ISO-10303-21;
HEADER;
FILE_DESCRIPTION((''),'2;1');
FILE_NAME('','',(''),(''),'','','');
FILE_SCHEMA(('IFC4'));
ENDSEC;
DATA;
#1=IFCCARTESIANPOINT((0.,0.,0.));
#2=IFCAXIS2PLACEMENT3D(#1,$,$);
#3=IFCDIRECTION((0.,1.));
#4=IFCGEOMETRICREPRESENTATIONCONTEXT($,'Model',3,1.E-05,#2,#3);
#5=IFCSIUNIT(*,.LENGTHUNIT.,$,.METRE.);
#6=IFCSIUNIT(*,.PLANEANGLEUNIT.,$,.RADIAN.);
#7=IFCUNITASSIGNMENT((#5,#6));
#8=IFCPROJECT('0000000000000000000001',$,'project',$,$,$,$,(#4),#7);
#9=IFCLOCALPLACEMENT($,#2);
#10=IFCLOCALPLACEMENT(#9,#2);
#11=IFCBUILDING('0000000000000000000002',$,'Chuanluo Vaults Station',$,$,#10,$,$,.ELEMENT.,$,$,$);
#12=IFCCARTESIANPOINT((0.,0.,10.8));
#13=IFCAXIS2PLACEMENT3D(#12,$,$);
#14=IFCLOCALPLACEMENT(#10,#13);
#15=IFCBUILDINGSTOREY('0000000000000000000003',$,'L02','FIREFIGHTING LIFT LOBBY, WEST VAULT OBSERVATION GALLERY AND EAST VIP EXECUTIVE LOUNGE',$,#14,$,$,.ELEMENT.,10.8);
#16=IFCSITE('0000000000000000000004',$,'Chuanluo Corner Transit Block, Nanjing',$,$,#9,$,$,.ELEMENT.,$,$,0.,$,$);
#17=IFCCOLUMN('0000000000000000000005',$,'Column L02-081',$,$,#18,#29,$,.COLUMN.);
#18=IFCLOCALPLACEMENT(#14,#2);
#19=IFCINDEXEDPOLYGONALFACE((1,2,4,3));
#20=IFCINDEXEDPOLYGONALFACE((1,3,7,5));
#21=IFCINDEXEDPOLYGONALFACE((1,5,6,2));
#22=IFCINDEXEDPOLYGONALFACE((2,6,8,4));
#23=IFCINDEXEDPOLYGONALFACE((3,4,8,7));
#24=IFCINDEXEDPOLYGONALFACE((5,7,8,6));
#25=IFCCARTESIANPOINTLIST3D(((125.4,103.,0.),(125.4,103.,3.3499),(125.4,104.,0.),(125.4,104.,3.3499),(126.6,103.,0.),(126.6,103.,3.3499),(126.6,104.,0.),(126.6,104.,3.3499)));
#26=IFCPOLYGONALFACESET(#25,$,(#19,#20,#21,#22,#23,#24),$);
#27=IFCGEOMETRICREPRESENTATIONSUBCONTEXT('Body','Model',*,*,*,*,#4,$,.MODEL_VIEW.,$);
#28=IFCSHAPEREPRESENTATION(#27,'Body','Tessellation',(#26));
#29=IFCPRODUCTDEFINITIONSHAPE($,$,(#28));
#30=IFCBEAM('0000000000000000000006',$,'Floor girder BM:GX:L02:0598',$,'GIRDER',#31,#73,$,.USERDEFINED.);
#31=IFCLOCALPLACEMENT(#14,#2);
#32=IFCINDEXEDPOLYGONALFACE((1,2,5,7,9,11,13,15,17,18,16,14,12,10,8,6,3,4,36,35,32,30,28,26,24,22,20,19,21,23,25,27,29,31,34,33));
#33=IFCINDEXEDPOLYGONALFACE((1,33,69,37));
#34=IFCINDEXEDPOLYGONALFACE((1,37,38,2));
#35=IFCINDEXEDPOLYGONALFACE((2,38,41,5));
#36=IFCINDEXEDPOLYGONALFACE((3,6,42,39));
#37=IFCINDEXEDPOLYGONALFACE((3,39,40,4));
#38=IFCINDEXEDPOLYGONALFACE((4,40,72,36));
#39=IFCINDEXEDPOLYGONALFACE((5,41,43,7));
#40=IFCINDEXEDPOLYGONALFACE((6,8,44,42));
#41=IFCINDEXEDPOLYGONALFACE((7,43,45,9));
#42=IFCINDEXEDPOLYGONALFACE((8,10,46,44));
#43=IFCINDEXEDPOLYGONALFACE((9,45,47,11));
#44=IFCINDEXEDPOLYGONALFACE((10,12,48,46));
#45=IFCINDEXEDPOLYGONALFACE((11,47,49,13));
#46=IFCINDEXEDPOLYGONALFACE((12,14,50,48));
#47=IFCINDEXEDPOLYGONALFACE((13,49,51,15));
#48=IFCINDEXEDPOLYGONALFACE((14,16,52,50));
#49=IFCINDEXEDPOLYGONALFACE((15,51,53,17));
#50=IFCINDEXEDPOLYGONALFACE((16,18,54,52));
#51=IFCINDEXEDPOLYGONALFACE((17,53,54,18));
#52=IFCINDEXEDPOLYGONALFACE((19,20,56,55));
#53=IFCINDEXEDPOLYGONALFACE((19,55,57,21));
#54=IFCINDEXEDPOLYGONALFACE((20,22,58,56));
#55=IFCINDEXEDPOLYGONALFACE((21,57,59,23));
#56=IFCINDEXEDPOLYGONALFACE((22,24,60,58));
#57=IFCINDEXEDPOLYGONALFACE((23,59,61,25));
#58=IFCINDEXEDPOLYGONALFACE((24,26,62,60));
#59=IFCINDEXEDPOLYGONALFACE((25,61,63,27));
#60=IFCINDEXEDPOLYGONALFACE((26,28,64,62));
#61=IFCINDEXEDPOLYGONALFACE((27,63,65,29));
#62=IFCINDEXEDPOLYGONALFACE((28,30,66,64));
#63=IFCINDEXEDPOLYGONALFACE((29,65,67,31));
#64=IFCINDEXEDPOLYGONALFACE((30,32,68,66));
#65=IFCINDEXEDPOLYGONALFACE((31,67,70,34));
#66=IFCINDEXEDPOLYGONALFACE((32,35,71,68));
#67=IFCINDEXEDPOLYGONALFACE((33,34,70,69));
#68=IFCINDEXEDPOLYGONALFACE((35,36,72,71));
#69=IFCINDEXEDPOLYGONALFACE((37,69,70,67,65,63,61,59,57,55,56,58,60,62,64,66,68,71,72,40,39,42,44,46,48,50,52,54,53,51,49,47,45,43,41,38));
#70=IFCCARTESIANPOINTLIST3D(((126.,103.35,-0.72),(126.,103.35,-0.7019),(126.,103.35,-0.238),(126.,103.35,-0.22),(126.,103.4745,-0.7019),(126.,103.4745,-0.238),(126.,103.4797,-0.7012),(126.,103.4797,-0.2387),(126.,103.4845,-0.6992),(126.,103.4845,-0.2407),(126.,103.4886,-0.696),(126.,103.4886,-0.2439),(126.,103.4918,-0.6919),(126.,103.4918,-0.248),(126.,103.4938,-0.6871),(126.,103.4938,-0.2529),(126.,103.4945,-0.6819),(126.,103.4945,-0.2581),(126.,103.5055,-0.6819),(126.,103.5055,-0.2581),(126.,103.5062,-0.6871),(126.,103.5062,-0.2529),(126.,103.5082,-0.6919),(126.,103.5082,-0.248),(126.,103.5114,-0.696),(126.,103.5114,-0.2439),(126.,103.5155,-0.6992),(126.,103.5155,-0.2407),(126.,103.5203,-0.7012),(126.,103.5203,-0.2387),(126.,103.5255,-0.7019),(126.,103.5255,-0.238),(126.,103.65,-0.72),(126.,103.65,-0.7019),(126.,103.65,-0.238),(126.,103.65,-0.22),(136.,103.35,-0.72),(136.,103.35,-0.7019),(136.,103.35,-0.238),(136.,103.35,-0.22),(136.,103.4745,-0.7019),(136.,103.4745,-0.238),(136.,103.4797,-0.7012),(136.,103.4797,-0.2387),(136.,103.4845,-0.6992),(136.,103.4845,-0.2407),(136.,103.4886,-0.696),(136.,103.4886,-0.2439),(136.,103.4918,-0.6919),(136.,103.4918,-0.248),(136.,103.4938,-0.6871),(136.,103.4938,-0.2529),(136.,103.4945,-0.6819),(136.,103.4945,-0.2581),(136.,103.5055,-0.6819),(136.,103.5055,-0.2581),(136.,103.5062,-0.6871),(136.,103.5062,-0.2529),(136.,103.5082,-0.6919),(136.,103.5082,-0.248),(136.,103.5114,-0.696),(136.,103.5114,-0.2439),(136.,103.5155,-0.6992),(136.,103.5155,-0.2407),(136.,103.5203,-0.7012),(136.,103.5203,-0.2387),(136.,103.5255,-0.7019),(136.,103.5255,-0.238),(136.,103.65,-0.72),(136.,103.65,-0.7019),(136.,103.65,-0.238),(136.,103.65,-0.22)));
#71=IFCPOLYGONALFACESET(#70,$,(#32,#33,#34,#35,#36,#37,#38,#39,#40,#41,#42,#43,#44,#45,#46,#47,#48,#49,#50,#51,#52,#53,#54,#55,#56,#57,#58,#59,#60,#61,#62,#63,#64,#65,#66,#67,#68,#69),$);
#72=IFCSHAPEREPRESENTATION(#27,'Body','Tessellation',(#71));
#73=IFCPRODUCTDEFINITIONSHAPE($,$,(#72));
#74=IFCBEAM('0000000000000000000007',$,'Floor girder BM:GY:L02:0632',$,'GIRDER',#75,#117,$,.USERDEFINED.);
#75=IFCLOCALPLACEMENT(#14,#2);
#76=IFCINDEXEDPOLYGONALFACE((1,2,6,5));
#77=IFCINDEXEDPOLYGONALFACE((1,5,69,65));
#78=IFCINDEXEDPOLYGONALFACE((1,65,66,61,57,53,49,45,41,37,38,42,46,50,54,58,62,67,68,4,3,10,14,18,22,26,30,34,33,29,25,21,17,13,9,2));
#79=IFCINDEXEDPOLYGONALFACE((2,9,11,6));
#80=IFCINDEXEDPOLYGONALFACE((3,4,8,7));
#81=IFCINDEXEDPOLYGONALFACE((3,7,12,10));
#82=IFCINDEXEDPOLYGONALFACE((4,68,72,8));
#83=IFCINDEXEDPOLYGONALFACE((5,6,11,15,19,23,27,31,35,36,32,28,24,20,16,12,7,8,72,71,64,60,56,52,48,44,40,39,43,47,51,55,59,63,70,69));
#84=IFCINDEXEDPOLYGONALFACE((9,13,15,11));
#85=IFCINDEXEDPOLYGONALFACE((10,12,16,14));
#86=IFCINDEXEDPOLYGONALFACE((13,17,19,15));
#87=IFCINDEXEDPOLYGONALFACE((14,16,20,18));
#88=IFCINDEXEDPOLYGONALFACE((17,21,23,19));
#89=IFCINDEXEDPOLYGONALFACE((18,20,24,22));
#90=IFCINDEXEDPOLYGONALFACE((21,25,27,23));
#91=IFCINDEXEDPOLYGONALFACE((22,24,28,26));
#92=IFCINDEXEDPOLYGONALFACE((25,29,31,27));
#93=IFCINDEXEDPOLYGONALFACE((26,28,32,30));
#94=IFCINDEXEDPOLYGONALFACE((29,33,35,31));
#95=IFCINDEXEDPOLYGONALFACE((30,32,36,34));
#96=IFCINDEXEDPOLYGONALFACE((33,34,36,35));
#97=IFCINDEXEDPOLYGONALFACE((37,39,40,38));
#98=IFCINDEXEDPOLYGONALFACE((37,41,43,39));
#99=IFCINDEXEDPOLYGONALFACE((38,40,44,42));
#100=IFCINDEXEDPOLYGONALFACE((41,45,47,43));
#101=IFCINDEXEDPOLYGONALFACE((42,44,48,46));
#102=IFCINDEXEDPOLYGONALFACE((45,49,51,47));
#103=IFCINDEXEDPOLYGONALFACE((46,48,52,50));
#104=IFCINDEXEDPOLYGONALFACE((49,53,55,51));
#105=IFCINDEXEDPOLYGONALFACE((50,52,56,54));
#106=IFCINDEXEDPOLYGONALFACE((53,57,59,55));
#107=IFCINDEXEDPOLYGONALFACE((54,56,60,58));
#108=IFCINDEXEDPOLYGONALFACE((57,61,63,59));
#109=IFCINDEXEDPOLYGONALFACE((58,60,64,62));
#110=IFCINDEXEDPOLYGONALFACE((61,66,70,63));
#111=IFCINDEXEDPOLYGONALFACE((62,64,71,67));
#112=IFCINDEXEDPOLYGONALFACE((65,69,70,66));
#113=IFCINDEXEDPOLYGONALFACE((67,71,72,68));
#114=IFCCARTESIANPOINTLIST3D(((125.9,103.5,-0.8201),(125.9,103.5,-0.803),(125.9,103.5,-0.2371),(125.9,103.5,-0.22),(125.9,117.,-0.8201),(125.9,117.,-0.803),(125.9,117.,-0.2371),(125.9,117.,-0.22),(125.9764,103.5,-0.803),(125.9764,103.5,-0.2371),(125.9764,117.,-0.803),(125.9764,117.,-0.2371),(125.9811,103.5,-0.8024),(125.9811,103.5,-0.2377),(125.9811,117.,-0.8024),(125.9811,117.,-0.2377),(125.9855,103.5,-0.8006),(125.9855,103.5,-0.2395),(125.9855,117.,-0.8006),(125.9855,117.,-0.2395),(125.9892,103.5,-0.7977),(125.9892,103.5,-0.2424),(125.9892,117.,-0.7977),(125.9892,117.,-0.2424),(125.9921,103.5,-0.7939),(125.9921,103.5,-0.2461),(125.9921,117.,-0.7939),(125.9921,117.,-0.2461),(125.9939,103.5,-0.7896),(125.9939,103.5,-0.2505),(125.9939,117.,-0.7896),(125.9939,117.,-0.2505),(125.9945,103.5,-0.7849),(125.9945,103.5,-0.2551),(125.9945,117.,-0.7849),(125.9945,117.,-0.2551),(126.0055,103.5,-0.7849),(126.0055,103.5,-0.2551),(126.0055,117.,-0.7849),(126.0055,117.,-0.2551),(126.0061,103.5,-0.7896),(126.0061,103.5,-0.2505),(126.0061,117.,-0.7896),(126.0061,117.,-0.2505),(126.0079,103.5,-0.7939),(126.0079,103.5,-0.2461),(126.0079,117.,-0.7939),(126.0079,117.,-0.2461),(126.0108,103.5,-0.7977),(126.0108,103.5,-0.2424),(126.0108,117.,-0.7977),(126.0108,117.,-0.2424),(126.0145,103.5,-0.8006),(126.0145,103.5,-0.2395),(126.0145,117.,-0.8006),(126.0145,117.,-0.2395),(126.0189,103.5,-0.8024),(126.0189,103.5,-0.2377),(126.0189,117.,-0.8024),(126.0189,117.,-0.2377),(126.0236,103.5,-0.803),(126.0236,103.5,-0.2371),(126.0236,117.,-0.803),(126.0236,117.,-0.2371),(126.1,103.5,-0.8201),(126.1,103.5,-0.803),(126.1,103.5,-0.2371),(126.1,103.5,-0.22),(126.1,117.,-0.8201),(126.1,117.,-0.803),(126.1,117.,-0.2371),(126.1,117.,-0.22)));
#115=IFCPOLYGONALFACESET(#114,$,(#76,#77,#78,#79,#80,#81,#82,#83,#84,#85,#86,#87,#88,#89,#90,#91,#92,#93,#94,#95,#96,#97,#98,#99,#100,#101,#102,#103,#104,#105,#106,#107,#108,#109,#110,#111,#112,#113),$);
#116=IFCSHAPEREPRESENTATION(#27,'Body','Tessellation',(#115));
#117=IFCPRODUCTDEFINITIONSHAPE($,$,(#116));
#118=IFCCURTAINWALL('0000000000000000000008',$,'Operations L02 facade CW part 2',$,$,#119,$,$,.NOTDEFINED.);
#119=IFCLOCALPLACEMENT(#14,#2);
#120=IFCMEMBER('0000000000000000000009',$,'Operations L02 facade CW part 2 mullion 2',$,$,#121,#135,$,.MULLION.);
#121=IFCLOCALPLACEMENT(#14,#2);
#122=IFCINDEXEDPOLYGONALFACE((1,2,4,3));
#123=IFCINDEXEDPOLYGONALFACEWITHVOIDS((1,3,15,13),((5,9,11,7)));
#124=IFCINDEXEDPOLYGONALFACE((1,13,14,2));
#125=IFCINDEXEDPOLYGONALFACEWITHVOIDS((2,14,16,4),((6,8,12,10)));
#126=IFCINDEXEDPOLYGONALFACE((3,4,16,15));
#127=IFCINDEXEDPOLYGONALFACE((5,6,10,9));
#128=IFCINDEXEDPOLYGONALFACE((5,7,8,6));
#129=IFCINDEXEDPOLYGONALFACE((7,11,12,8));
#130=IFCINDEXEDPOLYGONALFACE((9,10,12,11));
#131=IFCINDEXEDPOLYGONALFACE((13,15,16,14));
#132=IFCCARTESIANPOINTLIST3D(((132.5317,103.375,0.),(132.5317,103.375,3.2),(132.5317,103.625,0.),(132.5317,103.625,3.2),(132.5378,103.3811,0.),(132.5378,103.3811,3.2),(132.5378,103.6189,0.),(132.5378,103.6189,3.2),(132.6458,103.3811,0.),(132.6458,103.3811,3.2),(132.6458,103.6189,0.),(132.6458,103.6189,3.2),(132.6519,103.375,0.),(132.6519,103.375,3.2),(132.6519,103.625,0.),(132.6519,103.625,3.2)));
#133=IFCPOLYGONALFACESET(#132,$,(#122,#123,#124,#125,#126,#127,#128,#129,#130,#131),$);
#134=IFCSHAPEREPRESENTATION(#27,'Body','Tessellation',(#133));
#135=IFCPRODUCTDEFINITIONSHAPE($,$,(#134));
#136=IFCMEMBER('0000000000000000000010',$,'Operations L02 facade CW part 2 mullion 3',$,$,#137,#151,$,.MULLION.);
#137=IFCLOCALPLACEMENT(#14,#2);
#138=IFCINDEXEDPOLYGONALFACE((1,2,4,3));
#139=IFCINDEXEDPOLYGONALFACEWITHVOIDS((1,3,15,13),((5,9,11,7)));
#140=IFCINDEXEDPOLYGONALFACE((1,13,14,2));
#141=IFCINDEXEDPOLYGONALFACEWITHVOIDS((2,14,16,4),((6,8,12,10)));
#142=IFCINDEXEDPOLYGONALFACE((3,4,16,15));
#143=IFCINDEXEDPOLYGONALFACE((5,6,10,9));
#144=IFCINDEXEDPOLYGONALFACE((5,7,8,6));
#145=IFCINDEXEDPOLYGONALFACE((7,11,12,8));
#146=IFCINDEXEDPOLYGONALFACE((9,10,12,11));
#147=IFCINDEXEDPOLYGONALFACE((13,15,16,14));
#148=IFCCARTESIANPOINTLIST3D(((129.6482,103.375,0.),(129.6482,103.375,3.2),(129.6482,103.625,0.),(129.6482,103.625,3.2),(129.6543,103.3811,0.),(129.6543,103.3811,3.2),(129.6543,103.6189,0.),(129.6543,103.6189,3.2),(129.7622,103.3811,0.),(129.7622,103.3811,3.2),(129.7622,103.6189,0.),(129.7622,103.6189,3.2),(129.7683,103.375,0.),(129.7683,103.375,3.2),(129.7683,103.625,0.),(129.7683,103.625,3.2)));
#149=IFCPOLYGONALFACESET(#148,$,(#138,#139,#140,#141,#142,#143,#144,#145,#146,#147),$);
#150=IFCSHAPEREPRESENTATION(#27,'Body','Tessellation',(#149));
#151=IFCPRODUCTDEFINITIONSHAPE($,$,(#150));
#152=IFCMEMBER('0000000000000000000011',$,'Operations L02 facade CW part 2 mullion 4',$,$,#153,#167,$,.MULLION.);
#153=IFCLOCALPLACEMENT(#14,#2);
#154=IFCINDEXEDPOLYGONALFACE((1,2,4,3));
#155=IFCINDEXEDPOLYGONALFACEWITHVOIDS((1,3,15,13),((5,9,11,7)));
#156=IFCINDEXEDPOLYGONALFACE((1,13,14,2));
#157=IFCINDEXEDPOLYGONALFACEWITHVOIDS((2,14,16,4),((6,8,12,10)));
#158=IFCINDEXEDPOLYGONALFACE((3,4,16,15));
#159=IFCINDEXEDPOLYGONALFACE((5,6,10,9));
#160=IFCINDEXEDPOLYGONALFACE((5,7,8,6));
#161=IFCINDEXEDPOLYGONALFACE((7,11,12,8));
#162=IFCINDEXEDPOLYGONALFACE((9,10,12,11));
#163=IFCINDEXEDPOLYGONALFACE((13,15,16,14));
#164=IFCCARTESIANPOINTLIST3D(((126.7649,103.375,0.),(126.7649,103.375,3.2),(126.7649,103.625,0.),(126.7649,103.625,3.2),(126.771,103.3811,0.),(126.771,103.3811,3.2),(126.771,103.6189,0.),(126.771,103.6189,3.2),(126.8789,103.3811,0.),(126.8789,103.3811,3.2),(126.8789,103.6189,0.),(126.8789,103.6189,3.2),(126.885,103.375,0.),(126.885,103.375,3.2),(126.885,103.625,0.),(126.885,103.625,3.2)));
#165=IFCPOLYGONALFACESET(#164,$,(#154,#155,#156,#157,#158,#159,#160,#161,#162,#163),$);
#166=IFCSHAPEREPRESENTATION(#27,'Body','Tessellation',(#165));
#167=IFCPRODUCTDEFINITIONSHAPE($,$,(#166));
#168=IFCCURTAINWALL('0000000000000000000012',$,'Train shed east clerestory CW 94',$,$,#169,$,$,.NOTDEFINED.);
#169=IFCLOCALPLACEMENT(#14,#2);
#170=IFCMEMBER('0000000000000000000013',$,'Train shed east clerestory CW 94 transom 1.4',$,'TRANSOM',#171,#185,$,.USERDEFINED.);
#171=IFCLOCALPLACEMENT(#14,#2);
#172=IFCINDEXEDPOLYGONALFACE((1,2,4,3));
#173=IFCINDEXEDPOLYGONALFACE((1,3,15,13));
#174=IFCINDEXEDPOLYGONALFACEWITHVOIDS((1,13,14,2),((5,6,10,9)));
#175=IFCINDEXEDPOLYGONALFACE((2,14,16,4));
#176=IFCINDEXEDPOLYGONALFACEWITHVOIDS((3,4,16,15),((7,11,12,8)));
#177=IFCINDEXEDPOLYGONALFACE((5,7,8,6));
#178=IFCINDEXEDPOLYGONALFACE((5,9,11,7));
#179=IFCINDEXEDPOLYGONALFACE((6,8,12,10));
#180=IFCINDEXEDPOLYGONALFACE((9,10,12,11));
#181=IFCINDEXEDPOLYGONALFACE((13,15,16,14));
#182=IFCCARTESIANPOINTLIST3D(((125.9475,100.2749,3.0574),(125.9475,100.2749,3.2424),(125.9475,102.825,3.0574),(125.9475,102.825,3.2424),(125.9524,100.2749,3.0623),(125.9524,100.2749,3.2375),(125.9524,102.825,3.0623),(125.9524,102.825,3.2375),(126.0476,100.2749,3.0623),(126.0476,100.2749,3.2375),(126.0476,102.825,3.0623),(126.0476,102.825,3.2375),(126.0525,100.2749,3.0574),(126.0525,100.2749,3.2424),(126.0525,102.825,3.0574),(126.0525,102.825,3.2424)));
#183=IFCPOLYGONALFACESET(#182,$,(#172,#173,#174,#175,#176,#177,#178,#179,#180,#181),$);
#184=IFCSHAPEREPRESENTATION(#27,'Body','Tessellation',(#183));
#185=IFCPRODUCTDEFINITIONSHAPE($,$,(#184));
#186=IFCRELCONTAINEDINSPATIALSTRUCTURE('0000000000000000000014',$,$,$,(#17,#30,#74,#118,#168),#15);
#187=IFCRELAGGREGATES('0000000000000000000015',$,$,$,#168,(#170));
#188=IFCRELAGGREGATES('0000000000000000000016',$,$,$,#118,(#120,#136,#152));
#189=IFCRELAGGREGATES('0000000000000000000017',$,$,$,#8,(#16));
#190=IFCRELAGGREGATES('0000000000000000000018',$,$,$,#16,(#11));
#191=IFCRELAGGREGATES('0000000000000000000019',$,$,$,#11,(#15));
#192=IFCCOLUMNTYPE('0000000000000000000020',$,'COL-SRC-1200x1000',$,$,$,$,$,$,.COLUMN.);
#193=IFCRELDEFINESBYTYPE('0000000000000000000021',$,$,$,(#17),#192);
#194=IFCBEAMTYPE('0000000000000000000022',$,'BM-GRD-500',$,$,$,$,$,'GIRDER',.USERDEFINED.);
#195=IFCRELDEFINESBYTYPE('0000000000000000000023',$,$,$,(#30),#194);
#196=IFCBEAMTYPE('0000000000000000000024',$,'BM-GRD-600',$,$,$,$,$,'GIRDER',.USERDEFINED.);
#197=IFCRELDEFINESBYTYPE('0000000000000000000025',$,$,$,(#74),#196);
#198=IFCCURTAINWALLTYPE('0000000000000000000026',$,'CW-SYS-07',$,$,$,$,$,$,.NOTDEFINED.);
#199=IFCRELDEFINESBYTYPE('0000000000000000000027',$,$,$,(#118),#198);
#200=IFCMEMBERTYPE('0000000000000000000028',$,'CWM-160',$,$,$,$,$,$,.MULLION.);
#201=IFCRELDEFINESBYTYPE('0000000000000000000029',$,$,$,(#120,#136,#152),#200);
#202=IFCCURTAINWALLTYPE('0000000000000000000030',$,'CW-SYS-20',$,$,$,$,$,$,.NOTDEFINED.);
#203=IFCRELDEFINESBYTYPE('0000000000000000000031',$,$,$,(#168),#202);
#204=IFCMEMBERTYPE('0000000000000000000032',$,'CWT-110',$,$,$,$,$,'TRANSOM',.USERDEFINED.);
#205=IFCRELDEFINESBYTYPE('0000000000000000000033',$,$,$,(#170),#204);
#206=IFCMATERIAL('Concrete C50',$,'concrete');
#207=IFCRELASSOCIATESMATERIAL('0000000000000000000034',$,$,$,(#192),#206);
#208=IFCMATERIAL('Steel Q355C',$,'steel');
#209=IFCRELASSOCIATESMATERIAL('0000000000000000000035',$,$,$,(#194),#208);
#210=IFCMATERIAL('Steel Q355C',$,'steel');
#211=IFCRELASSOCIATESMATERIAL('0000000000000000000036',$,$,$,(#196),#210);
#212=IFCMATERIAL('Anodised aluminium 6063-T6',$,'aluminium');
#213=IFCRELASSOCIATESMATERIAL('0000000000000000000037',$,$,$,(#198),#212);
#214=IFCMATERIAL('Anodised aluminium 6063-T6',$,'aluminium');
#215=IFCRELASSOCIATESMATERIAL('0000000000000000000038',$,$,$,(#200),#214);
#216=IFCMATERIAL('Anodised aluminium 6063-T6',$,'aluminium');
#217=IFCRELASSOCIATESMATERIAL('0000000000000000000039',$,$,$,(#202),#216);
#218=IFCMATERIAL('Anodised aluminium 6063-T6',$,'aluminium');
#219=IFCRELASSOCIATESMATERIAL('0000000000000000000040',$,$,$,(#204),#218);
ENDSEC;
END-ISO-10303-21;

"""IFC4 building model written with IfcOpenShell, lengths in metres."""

from ifc_helpers import new_model, si_unit, direction, frame, origin, origin_2d, place, context, subcontext, project, spatial, rectangle, hollow_rectangle, i_section, extrude, material, material_profile, profile_set, type_object, element, aggregate, save


model = new_model("IFC4")

# Units and contexts
model_context = context("Model", 3, precision=1e-05, world=origin(), true_north=direction((0.0, 1.0)))
body_context = subcontext(model_context, "Body", "Model", "MODEL_VIEW")
ifc_project = project(units=[si_unit("LENGTHUNIT", "METRE"), si_unit("PLANEANGLEUNIT", "RADIAN")], contexts=[model_context])

# Site, building, storey
site_placement = place(None, origin())
site = spatial("IfcSite", under=ifc_project, at=site_placement, Name="Chuanluo Corner Transit Block, Nanjing", CompositionType="ELEMENT", RefElevation=0.0)
building_placement = place(site_placement, origin())
building = spatial("IfcBuilding", under=site, at=building_placement, Name="Chuanluo Vaults Station", CompositionType="ELEMENT")
storey_placement = place(building_placement, frame((0.0, 0.0, 10.8)))
storey = spatial("IfcBuildingStorey", under=building, at=storey_placement, Name="L02", Description="FIREFIGHTING LIFT LOBBY, WEST VAULT OBSERVATION GALLERY AND EAST VIP EXECUTIVE LOUNGE", CompositionType="ELEMENT", Elevation=10.8)

# Column
ifc_material_1 = material(Name="Concrete C50", Category="concrete")
ifc_material_profile_1 = material_profile(ifc_material_1, rectangle(XDim=1.2, YDim=1.0, at=origin_2d()))
ifc_profile_set_1 = profile_set([ifc_material_profile_1], Name="Concrete C50")
column_type = type_object("IfcColumnType", Name="COL-SRC-1200x1000", PredefinedType="COLUMN", material=ifc_profile_set_1)
column_placement = place(storey_placement, frame((126.0, 103.5, 0.0), z_axis=(0.0, 0.0, 1.0), x_axis=(1.0, 0.0, 0.0)))
element("IfcColumn", 1, at=column_placement, inside=storey, type_object=column_type, Name="Column L02-081", PredefinedType="COLUMN", context=body_context, shape_type="SweptSolid", body=[
    extrude(rectangle(XDim=1.2, YDim=1.0, at=origin_2d()), origin(), (0.0, 0.0, 1.0), 3.3499),
])

# Beams
ifc_material_2 = material(Name="Steel Q355C", Category="steel")
ifc_material_profile_2 = material_profile(ifc_material_2, i_section(OverallWidth=0.3, OverallDepth=0.5, WebThickness=0.011, FlangeThickness=0.0181, FilletRadius=0.02, at=origin_2d()))
ifc_profile_set_2 = profile_set([ifc_material_profile_2], Name="Steel Q355C")
beam_type_1 = type_object("IfcBeamType", Name="BM-GRD-500", ElementType="GIRDER", PredefinedType="USERDEFINED", material=ifc_profile_set_2)
beam_1_placement = place(storey_placement, frame((126.0, 103.5, -0.47), z_axis=(1.0, 0.0, 0.0), x_axis=(0.0, 1.0, 0.0)))
element("IfcBeam", 2, at=beam_1_placement, inside=storey, type_object=beam_type_1, Name="Floor girder BM:GX:L02:0598", ObjectType="GIRDER", PredefinedType="USERDEFINED", context=body_context, shape_type="SweptSolid", body=[
    extrude(i_section(OverallWidth=0.3, OverallDepth=0.5, WebThickness=0.011, FlangeThickness=0.0181, FilletRadius=0.02, at=origin_2d()), origin(), (0.0, 0.0, 1.0), 10.0),
])
ifc_material_3 = material(Name="Steel Q355C", Category="steel")
ifc_material_profile_3 = material_profile(ifc_material_3, i_section(OverallWidth=0.2, OverallDepth=0.6001, WebThickness=0.011, FlangeThickness=0.0171, FilletRadius=0.0181, at=origin_2d()))
ifc_profile_set_3 = profile_set([ifc_material_profile_3], Name="Steel Q355C")
beam_type_2 = type_object("IfcBeamType", Name="BM-GRD-600", ElementType="GIRDER", PredefinedType="USERDEFINED", material=ifc_profile_set_3)
beam_2_placement = place(storey_placement, frame((126.0, 103.5, -0.52), z_axis=(0.0, 1.0, 0.0), x_axis=(-1.0, 0.0, 0.0)))
element("IfcBeam", 3, at=beam_2_placement, inside=storey, type_object=beam_type_2, Name="Floor girder BM:GY:L02:0632", ObjectType="GIRDER", PredefinedType="USERDEFINED", context=body_context, shape_type="SweptSolid", body=[
    extrude(i_section(OverallWidth=0.2, OverallDepth=0.6001, WebThickness=0.011, FlangeThickness=0.0171, FilletRadius=0.0181, at=origin_2d()), origin(), (0.0, 0.0, 1.0), 13.5),
])

# Curtain wall, members
ifc_material_4 = material(Name="Anodised aluminium 6063-T6", Category="aluminium")
curtain_wall_type_1 = type_object("IfcCurtainWallType", Name="CW-SYS-07", PredefinedType="NOTDEFINED", material=ifc_material_4)
curtain_wall_1_placement = place(storey_placement, origin())
curtain_wall_1 = element("IfcCurtainWall", 4, at=curtain_wall_1_placement, inside=storey, type_object=curtain_wall_type_1, Name="Operations L02 facade CW part 2", PredefinedType="NOTDEFINED")
ifc_material_5 = material(Name="Anodised aluminium 6063-T6", Category="aluminium")
ifc_material_profile_4 = material_profile(ifc_material_5, hollow_rectangle(XDim=0.1201, YDim=0.25, WallThickness=0.0061, at=origin_2d()))
ifc_profile_set_4 = profile_set([ifc_material_profile_4], Name="Anodised aluminium 6063-T6")
member_type_1 = type_object("IfcMemberType", Name="CWM-160", PredefinedType="MULLION", material=ifc_profile_set_4)
member_1_placement = place(storey_placement, frame((132.5918, 103.5, 0.0), z_axis=(0.0, 0.0, 1.0), x_axis=(-1.0, 0.0, 0.0)))
member_1 = element("IfcMember", 5, at=member_1_placement, type_object=member_type_1, Name="Operations L02 facade CW part 2 mullion 2", PredefinedType="MULLION", context=body_context, shape_type="SweptSolid", body=[
    extrude(hollow_rectangle(XDim=0.1201, YDim=0.25, WallThickness=0.0061, at=origin_2d()), origin(), (0.0, 0.0, 1.0), 3.2),
])
member_2_placement = place(storey_placement, frame((129.7083, 103.5, 0.0), z_axis=(0.0, 0.0, 1.0), x_axis=(-1.0, 0.0, 0.0)))
member_2 = element("IfcMember", 6, at=member_2_placement, type_object=member_type_1, Name="Operations L02 facade CW part 2 mullion 3", PredefinedType="MULLION", context=body_context, shape_type="SweptSolid", body=[
    extrude(hollow_rectangle(XDim=0.1201, YDim=0.25, WallThickness=0.0061, at=origin_2d()), origin(), (0.0, 0.0, 1.0), 3.2),
])
member_3_placement = place(storey_placement, frame((126.825, 103.5, 0.0), z_axis=(0.0, 0.0, 1.0), x_axis=(-1.0, 0.0, 0.0)))
member_3 = element("IfcMember", 7, at=member_3_placement, type_object=member_type_1, Name="Operations L02 facade CW part 2 mullion 4", PredefinedType="MULLION", context=body_context, shape_type="SweptSolid", body=[
    extrude(hollow_rectangle(XDim=0.1201, YDim=0.25, WallThickness=0.0061, at=origin_2d()), origin(), (0.0, 0.0, 1.0), 3.2),
])

# Curtain wall, member
ifc_material_6 = material(Name="Anodised aluminium 6063-T6", Category="aluminium")
curtain_wall_type_2 = type_object("IfcCurtainWallType", Name="CW-SYS-20", PredefinedType="NOTDEFINED", material=ifc_material_6)
curtain_wall_2_placement = place(storey_placement, origin())
curtain_wall_2 = element("IfcCurtainWall", 8, at=curtain_wall_2_placement, inside=storey, type_object=curtain_wall_type_2, Name="Train shed east clerestory CW 94", PredefinedType="NOTDEFINED")
ifc_material_7 = material(Name="Anodised aluminium 6063-T6", Category="aluminium")
ifc_material_profile_5 = material_profile(ifc_material_7, hollow_rectangle(XDim=0.105, YDim=0.1851, WallThickness=0.0049, at=origin_2d()))
ifc_profile_set_5 = profile_set([ifc_material_profile_5], Name="Anodised aluminium 6063-T6")
member_type_2 = type_object("IfcMemberType", Name="CWT-110", ElementType="TRANSOM", PredefinedType="USERDEFINED", material=ifc_profile_set_5)
member_4_placement = place(storey_placement, frame((126.0, 102.825, 3.1499), z_axis=(0.0, -1.0, 0.0), x_axis=(1.0, 0.0, 0.0)))
member_4 = element("IfcMember", 9, at=member_4_placement, type_object=member_type_2, Name="Train shed east clerestory CW 94 transom 1.4", ObjectType="TRANSOM", PredefinedType="USERDEFINED", context=body_context, shape_type="SweptSolid", body=[
    extrude(hollow_rectangle(XDim=0.105, YDim=0.1851, WallThickness=0.0049, at=origin_2d()), origin(), (0.0, 0.0, 1.0), 2.55),
])
aggregate(curtain_wall_2, [member_4])

aggregate(curtain_wall_1, [member_1, member_2, member_3])

save(model, "model.ifc")
